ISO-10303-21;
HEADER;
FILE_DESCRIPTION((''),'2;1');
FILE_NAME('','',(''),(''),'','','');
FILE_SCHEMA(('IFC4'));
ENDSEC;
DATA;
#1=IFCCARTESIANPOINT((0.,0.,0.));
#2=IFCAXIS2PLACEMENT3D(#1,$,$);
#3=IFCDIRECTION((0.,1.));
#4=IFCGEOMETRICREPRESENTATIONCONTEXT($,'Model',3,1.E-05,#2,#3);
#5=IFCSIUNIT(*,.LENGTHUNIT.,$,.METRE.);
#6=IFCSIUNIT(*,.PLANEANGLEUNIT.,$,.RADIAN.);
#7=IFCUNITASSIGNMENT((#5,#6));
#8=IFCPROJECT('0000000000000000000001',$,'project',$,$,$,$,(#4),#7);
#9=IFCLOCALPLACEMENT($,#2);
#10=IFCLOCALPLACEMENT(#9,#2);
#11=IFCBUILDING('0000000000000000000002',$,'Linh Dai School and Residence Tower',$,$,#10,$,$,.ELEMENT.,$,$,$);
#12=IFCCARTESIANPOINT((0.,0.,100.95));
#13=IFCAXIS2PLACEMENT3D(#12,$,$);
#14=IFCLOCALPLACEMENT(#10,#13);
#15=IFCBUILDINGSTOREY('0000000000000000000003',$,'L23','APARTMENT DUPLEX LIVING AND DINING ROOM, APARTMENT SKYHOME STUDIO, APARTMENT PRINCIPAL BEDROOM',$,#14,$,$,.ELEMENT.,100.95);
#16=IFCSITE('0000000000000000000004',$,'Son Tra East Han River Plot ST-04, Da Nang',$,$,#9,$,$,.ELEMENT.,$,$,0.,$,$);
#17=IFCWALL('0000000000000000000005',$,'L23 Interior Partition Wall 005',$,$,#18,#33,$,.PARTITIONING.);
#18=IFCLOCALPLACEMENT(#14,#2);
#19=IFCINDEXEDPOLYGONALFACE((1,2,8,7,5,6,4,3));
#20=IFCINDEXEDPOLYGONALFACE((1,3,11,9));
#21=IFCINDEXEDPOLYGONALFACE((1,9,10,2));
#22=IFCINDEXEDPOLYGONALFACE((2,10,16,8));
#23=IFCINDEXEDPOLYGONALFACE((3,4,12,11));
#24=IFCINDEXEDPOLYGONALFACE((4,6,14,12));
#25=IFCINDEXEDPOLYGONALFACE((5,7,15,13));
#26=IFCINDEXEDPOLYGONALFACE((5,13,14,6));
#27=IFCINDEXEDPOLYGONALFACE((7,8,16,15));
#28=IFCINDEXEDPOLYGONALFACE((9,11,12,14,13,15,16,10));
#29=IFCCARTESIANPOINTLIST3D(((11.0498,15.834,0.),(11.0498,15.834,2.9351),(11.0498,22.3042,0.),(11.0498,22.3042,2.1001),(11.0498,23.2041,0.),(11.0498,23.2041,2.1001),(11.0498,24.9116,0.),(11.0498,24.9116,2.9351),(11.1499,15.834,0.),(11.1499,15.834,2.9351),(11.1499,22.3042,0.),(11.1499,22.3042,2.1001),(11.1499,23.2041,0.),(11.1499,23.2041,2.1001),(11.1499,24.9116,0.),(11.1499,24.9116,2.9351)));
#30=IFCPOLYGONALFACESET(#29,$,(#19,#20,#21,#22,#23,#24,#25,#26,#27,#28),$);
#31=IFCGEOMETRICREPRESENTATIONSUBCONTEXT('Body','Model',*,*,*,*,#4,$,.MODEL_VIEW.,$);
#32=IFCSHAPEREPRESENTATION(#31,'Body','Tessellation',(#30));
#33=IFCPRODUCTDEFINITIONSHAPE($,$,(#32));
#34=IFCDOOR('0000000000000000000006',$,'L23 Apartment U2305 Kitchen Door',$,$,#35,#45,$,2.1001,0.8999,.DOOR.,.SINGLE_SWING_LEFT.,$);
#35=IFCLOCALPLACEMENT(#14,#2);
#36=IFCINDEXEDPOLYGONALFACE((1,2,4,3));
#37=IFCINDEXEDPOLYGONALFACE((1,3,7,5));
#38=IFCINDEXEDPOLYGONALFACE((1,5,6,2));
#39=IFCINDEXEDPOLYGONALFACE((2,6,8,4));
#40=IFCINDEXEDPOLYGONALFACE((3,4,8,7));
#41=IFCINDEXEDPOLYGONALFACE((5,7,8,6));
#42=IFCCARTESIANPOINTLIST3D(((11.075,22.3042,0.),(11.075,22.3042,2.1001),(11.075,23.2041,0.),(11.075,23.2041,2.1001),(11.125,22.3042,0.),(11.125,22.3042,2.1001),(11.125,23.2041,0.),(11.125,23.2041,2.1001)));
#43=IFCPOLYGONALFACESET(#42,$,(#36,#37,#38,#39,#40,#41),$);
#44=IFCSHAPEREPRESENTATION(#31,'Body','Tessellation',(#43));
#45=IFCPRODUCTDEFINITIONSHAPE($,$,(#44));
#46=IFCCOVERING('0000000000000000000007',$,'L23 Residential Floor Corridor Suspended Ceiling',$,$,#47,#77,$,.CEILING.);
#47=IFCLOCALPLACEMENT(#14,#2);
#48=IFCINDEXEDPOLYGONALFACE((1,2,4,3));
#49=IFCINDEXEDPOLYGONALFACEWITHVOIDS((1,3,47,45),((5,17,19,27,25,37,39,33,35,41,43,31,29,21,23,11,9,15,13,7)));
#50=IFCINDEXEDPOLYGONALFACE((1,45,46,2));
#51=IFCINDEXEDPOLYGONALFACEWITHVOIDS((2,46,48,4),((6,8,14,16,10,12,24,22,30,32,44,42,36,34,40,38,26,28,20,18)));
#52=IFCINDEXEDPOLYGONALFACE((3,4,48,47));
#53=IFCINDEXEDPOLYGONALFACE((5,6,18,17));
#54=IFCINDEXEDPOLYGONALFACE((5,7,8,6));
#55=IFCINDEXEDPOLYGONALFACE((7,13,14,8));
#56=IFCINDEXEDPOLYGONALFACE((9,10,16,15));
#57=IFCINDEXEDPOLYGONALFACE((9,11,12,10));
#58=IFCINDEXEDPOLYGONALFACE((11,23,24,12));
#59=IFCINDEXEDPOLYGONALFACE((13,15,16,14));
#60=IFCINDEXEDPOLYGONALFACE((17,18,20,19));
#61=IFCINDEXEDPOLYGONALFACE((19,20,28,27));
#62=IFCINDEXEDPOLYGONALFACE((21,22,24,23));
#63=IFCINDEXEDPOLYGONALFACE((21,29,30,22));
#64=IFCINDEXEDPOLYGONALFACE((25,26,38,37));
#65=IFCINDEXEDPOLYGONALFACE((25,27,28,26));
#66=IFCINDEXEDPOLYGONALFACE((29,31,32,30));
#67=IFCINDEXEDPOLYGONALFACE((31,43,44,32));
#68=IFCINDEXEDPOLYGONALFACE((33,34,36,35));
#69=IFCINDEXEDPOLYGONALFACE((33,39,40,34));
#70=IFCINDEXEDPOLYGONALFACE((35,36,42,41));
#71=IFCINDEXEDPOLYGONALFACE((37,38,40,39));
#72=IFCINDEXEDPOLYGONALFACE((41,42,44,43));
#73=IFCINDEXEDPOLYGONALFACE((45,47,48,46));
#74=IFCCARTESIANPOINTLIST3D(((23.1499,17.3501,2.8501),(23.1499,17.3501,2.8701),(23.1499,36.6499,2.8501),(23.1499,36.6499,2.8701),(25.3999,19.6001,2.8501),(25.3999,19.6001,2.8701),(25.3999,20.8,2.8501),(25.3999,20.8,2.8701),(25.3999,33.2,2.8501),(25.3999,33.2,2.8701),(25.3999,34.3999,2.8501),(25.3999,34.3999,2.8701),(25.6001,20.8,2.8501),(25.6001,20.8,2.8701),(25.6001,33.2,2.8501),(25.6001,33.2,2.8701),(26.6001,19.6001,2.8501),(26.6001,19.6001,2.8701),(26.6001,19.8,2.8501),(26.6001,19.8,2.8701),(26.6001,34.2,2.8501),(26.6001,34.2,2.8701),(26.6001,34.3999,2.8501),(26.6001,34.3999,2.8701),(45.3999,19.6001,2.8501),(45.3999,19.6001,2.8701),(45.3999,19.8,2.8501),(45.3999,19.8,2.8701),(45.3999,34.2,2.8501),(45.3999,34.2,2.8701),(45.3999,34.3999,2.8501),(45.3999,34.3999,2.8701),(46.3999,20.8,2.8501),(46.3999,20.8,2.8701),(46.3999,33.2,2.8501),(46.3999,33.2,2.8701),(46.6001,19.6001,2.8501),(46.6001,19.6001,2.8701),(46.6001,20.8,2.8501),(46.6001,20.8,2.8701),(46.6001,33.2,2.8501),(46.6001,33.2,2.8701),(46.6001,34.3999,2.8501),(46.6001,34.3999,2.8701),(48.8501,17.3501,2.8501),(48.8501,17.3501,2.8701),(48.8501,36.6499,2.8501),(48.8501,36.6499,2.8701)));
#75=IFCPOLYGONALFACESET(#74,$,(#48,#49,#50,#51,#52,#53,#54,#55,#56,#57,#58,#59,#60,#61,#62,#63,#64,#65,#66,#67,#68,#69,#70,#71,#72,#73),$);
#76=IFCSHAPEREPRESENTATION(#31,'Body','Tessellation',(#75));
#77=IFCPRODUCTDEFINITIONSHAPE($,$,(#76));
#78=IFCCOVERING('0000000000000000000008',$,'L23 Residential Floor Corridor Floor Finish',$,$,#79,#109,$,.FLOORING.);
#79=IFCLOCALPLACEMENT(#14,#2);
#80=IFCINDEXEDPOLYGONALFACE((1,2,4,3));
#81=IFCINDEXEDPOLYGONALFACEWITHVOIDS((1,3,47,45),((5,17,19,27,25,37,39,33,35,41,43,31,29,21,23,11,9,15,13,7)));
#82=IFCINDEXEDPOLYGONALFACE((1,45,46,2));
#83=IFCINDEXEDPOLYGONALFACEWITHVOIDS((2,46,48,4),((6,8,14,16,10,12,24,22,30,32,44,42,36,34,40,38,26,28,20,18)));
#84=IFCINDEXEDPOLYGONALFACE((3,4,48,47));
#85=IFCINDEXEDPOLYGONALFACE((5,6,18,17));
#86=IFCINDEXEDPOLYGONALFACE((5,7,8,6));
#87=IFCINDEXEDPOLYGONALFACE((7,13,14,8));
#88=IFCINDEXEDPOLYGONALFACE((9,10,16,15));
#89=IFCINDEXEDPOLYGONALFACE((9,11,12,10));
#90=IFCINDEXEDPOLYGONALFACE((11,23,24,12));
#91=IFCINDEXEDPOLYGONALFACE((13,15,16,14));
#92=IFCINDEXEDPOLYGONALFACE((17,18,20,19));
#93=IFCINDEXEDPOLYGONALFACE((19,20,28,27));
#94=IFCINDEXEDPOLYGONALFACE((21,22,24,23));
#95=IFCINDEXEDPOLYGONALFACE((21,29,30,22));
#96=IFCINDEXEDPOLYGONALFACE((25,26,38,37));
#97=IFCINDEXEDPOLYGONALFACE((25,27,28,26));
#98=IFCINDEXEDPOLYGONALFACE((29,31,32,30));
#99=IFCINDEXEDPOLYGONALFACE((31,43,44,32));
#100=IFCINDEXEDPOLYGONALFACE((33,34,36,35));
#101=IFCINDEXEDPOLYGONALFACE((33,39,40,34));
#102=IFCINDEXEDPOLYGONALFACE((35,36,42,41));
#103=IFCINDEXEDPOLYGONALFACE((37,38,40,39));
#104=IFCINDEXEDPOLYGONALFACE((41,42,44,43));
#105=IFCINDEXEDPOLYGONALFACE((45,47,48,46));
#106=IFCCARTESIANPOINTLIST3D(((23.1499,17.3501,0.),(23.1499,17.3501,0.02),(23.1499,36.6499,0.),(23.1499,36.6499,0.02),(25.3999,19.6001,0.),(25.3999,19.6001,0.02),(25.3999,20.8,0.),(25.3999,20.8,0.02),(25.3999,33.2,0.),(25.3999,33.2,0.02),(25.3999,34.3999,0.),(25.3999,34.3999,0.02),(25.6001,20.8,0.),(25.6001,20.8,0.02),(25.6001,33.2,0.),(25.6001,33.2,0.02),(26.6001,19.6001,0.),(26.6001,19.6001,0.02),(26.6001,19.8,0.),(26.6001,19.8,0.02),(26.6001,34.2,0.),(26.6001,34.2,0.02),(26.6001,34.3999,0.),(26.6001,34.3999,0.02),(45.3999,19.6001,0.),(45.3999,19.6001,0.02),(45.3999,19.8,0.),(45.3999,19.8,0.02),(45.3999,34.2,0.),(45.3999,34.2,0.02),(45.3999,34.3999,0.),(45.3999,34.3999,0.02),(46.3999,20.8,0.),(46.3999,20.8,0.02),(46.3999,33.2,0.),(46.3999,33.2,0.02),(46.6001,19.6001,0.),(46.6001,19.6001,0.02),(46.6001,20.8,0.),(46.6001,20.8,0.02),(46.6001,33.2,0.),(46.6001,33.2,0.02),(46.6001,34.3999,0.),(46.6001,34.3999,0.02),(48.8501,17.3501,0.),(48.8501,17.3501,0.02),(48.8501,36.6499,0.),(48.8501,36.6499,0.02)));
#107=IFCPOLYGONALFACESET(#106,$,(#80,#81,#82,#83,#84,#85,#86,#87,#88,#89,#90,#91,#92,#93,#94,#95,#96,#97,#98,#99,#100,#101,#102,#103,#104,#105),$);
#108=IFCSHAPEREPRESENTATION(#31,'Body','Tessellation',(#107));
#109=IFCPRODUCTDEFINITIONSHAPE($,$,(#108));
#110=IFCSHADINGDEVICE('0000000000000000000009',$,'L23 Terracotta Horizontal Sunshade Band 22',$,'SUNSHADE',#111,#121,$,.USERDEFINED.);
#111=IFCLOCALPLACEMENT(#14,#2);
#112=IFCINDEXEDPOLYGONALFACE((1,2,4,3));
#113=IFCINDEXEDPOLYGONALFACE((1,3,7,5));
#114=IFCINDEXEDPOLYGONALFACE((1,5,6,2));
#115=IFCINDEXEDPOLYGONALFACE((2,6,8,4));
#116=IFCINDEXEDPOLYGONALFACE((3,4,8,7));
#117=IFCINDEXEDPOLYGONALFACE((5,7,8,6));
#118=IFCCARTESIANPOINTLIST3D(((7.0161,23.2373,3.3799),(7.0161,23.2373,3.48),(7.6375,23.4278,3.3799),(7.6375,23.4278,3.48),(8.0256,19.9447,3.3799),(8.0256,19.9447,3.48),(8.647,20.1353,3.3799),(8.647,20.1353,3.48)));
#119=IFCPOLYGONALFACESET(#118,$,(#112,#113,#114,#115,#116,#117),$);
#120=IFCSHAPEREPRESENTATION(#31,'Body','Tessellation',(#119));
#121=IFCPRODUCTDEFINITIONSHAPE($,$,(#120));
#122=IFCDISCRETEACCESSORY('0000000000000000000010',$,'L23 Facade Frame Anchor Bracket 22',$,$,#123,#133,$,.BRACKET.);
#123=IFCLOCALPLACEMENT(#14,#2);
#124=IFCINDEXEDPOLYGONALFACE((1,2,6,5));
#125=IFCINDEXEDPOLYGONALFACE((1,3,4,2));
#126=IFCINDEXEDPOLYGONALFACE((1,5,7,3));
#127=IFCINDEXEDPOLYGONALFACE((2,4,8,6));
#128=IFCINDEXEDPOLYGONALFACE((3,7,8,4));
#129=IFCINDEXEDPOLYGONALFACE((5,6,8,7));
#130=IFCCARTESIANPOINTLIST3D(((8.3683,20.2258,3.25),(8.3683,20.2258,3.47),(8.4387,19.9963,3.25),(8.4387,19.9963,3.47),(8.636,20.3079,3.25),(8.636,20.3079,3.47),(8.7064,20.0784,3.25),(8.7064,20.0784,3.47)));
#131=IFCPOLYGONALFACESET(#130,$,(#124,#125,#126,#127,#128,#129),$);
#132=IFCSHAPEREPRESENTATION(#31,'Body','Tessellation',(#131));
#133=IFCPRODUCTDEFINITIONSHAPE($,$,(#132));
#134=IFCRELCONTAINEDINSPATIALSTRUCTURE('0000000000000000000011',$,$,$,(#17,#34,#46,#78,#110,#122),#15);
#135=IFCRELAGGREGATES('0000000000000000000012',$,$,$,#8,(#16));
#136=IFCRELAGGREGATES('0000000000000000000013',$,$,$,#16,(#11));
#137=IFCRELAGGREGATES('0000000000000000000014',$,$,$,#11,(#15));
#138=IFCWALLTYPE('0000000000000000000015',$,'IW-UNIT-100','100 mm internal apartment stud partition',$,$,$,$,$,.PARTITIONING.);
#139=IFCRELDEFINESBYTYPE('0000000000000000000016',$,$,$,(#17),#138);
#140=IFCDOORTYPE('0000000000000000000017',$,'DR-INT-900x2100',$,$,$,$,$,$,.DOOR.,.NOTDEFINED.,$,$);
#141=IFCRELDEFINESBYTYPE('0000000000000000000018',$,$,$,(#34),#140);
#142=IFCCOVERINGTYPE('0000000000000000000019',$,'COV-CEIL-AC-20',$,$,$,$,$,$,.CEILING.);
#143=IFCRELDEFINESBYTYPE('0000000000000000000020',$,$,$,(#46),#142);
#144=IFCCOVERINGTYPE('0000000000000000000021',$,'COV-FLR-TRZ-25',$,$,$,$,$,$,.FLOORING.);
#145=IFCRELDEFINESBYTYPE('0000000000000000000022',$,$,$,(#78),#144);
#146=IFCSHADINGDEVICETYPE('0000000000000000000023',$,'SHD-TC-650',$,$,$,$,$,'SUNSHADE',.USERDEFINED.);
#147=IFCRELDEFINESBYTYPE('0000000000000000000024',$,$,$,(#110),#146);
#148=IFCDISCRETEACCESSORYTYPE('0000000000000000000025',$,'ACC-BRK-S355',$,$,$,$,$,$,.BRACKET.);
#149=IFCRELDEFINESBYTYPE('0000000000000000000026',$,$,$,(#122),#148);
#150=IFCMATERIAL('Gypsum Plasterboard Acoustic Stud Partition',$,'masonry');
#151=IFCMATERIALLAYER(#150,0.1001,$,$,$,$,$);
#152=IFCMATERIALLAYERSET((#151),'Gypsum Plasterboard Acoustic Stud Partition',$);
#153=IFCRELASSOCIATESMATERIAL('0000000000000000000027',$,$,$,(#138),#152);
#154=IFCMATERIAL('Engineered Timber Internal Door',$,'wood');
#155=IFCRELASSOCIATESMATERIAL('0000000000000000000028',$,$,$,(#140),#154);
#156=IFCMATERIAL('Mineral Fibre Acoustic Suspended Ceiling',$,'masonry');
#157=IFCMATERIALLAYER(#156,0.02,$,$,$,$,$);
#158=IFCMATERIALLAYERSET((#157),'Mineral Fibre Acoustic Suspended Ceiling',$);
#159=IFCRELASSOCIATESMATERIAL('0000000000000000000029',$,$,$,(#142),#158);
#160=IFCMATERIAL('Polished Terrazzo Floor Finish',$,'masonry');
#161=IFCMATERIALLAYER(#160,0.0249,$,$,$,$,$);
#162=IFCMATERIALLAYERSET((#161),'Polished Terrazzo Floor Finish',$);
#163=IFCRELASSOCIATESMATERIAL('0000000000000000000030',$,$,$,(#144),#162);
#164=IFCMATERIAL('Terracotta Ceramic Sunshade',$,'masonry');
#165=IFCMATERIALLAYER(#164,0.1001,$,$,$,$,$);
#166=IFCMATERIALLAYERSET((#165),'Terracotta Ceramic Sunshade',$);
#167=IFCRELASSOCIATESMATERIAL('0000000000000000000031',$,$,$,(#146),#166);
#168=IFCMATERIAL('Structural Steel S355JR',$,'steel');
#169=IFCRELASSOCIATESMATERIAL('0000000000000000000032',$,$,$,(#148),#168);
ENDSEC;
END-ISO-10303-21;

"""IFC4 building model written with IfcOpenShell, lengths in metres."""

from ifc_helpers import new_model, si_unit, direction, frame, frame_2d, origin, origin_2d, place, context, subcontext, project, spatial, polyline, rectangle, outline, extrude, source, transform, mapped, material, layer, layer_set, type_object, element, fill, save


model = new_model("IFC4")

# Units and contexts
model_context = context("Model", 3, precision=1e-05, world=origin(), true_north=direction((0.0, 1.0)))
body_context = subcontext(model_context, "Body", "Model", "MODEL_VIEW")
ifc_project = project(units=[si_unit("LENGTHUNIT", "METRE"), si_unit("PLANEANGLEUNIT", "RADIAN")], contexts=[model_context])

# Site, building, storey
site_placement = place(None, origin())
site = spatial("IfcSite", under=ifc_project, at=site_placement, Name="Son Tra East Han River Plot ST-04, Da Nang", CompositionType="ELEMENT", RefElevation=0.0)
building_placement = place(site_placement, origin())
building = spatial("IfcBuilding", under=site, at=building_placement, Name="Linh Dai School and Residence Tower", CompositionType="ELEMENT")
storey_placement = place(building_placement, frame((0.0, 0.0, 100.95)))
storey = spatial("IfcBuildingStorey", under=building, at=storey_placement, Name="L23", Description="APARTMENT DUPLEX LIVING AND DINING ROOM, APARTMENT SKYHOME STUDIO, APARTMENT PRINCIPAL BEDROOM", CompositionType="ELEMENT", Elevation=100.95)

# Shared definitions
ifc_material_1 = material(Name="Structural Steel S355JR", Category="steel")

# Shared definitions
ifc_material_2 = material(Name="Gypsum Plasterboard Acoustic Stud Partition", Category="masonry")
ifc_layer_1 = layer(ifc_material_2, 0.1001)
ifc_layer_set_1 = layer_set([ifc_layer_1], Name="Gypsum Plasterboard Acoustic Stud Partition")
wall_type_1 = type_object("IfcWallType", Name="IW-UNIT-100", Description="100 mm internal apartment stud partition", PredefinedType="PARTITIONING", material=ifc_layer_set_1)
ifc_material_3 = material(Name="Engineered Timber Internal Door", Category="wood")
door_type_1 = type_object("IfcDoorType", Name="DR-INT-900x2100", OperationType="NOTDEFINED", PredefinedType="DOOR", material=ifc_material_3)
shared_shape_1 = source(origin(), body_context, "Body", "SweptSolid", [
    extrude(rectangle(XDim=0.8999, YDim=2.1001, at=origin_2d()), frame((0.45, 0.0249, 1.05), z_axis=(0.0, -1.0, 0.0), x_axis=(1.0, 0.0, 0.0)), (0.0, 0.0, 1.0), 0.05),
])

# Wall, opening, door
wall_1_placement = place(storey_placement, frame((11.0999, 15.834, 0.0), z_axis=(0.0, 0.0, 1.0), x_axis=(0.0, 1.0, 0.0)))
wall_1 = element("IfcWall", 1, at=wall_1_placement, inside=storey, type_object=wall_type_1, Name="L23 Interior Partition Wall 005", PredefinedType="PARTITIONING", context=body_context, shape_type="SweptSolid", body=[
    extrude(rectangle(XDim=9.0776, YDim=0.1001, at=frame_2d((4.5388, 0.0))), origin(), (0.0, 0.0, 1.0), 2.9351),
])
opening_1_placement = place(wall_1_placement, frame((6.4702, 0.0, 0.0)))
opening_1 = element("IfcOpeningElement", 2, at=opening_1_placement, cuts=wall_1, PredefinedType="OPENING", context=body_context, shape_type="SweptSolid", body=[
    extrude(rectangle(XDim=0.8999, YDim=2.1001, at=origin_2d()), frame((0.45, 0.0601, 1.05), z_axis=(0.0, -1.0, 0.0), x_axis=(1.0, 0.0, 0.0)), (0.0, 0.0, 1.0), 0.1201),
])
door_1_placement = place(opening_1_placement, origin())
door_1 = element("IfcDoor", 3, at=door_1_placement, inside=storey, type_object=door_type_1, Name="L23 Apartment U2305 Kitchen Door", OperationType="SINGLE_SWING_LEFT", OverallHeight=2.1001, OverallWidth=0.8999, PredefinedType="DOOR", context=body_context, shape_type="MappedRepresentation", body=[
    mapped(shared_shape_1, transform((0.0, 0.0, 0.0), x_axis=(1.0, 0.0, 0.0), y_axis=(0.0, 1.0, 0.0), z_axis=(0.0, 0.0, 1.0), scale=1.0)),
])
fill(opening_1, door_1)

# Coverings
ifc_material_4 = material(Name="Mineral Fibre Acoustic Suspended Ceiling", Category="masonry")
ifc_layer_2 = layer(ifc_material_4, 0.02)
ifc_layer_set_2 = layer_set([ifc_layer_2], Name="Mineral Fibre Acoustic Suspended Ceiling")
covering_type_1 = type_object("IfcCoveringType", Name="COV-CEIL-AC-20", PredefinedType="CEILING", material=ifc_layer_set_2)
covering_1_placement = place(storey_placement, frame((0.0, 0.0, 2.8501)))
element("IfcCovering", 4, at=covering_1_placement, inside=storey, type_object=covering_type_1, Name="L23 Residential Floor Corridor Suspended Ceiling", PredefinedType="CEILING", context=body_context, shape_type="SweptSolid", body=[
    extrude(outline(polyline([(48.8501, 36.6499), (48.8501, 17.3501), (23.1499, 17.3501), (23.1499, 36.6499), (48.8501, 36.6499)]), holes=[polyline([(26.6001, 34.2), (26.6001, 34.3999), (25.3999, 34.3999), (25.3999, 33.2), (25.6001, 33.2), (25.6001, 20.8), (25.3999, 20.8), (25.3999, 19.6001), (26.6001, 19.6001), (26.6001, 19.8), (45.3999, 19.8), (45.3999, 19.6001), (46.6001, 19.6001), (46.6001, 20.8), (46.3999, 20.8), (46.3999, 33.2), (46.6001, 33.2), (46.6001, 34.3999), (45.3999, 34.3999), (45.3999, 34.2), (26.6001, 34.2)])]), origin(), (0.0, 0.0, 1.0), 0.02),
])
ifc_material_5 = material(Name="Polished Terrazzo Floor Finish", Category="masonry")
ifc_layer_3 = layer(ifc_material_5, 0.0249)
ifc_layer_set_3 = layer_set([ifc_layer_3], Name="Polished Terrazzo Floor Finish")
covering_type_2 = type_object("IfcCoveringType", Name="COV-FLR-TRZ-25", PredefinedType="FLOORING", material=ifc_layer_set_3)
covering_2_placement = place(storey_placement, origin())
element("IfcCovering", 5, at=covering_2_placement, inside=storey, type_object=covering_type_2, Name="L23 Residential Floor Corridor Floor Finish", PredefinedType="FLOORING", context=body_context, shape_type="SweptSolid", body=[
    extrude(outline(polyline([(48.8501, 36.6499), (48.8501, 17.3501), (23.1499, 17.3501), (23.1499, 36.6499), (48.8501, 36.6499)]), holes=[polyline([(26.6001, 34.2), (26.6001, 34.3999), (25.3999, 34.3999), (25.3999, 33.2), (25.6001, 33.2), (25.6001, 20.8), (25.3999, 20.8), (25.3999, 19.6001), (26.6001, 19.6001), (26.6001, 19.8), (45.3999, 19.8), (45.3999, 19.6001), (46.6001, 19.6001), (46.6001, 20.8), (46.3999, 20.8), (46.3999, 33.2), (46.6001, 33.2), (46.6001, 34.3999), (45.3999, 34.3999), (45.3999, 34.2), (26.6001, 34.2)])]), origin(), (0.0, 0.0, 1.0), 0.02),
])

# Shading device
ifc_material_6 = material(Name="Terracotta Ceramic Sunshade", Category="masonry")
ifc_layer_4 = layer(ifc_material_6, 0.1001)
ifc_layer_set_4 = layer_set([ifc_layer_4], Name="Terracotta Ceramic Sunshade")
shading_device_type = type_object("IfcShadingDeviceType", Name="SHD-TC-650", ElementType="SUNSHADE", PredefinedType="USERDEFINED", material=ifc_layer_set_4)
shared_shape_2 = source(origin(), body_context, "Body", "SweptSolid", [
    extrude(rectangle(XDim=3.4438, YDim=0.6499, at=origin_2d()), origin(), (0.0, 0.0, 1.0), 0.1001),
])
shading_device_placement = place(storey_placement, frame((7.8315, 21.6863, 3.3799), z_axis=(0.0, 0.0, 1.0), x_axis=(-0.293134, 0.956072, 0.0)))
element("IfcShadingDevice", 6, at=shading_device_placement, inside=storey, type_object=shading_device_type, Name="L23 Terracotta Horizontal Sunshade Band 22", ObjectType="SUNSHADE", PredefinedType="USERDEFINED", context=body_context, shape_type="MappedRepresentation", body=[
    mapped(shared_shape_2, transform((0.0, 0.0, 0.0), x_axis=(1.0, 0.0, 0.0), y_axis=(0.0, 1.0, 0.0), z_axis=(0.0, 0.0, 1.0), scale=1.0)),
])

# Discrete accessory
discrete_accessory_type = type_object("IfcDiscreteAccessoryType", Name="ACC-BRK-S355", PredefinedType="BRACKET", material=ifc_material_1)
shared_shape_3 = source(origin(), body_context, "Body", "SweptSolid", [
    extrude(rectangle(XDim=0.28, YDim=0.24, at=origin_2d()), origin(), (0.0, 0.0, 1.0), 0.22),
])
discrete_accessory_placement = place(storey_placement, frame((8.5374, 20.1521, 3.25), z_axis=(0.0, 0.0, 1.0), x_axis=(-0.956072, -0.293134, 0.0)))
element("IfcDiscreteAccessory", 7, at=discrete_accessory_placement, inside=storey, type_object=discrete_accessory_type, Name="L23 Facade Frame Anchor Bracket 22", PredefinedType="BRACKET", context=body_context, shape_type="MappedRepresentation", body=[
    mapped(shared_shape_3, transform((0.0, 0.0, 0.0), x_axis=(1.0, 0.0, 0.0), y_axis=(0.0, 1.0, 0.0), z_axis=(0.0, 0.0, 1.0), scale=1.0)),
])

save(model, "model.ifc")
